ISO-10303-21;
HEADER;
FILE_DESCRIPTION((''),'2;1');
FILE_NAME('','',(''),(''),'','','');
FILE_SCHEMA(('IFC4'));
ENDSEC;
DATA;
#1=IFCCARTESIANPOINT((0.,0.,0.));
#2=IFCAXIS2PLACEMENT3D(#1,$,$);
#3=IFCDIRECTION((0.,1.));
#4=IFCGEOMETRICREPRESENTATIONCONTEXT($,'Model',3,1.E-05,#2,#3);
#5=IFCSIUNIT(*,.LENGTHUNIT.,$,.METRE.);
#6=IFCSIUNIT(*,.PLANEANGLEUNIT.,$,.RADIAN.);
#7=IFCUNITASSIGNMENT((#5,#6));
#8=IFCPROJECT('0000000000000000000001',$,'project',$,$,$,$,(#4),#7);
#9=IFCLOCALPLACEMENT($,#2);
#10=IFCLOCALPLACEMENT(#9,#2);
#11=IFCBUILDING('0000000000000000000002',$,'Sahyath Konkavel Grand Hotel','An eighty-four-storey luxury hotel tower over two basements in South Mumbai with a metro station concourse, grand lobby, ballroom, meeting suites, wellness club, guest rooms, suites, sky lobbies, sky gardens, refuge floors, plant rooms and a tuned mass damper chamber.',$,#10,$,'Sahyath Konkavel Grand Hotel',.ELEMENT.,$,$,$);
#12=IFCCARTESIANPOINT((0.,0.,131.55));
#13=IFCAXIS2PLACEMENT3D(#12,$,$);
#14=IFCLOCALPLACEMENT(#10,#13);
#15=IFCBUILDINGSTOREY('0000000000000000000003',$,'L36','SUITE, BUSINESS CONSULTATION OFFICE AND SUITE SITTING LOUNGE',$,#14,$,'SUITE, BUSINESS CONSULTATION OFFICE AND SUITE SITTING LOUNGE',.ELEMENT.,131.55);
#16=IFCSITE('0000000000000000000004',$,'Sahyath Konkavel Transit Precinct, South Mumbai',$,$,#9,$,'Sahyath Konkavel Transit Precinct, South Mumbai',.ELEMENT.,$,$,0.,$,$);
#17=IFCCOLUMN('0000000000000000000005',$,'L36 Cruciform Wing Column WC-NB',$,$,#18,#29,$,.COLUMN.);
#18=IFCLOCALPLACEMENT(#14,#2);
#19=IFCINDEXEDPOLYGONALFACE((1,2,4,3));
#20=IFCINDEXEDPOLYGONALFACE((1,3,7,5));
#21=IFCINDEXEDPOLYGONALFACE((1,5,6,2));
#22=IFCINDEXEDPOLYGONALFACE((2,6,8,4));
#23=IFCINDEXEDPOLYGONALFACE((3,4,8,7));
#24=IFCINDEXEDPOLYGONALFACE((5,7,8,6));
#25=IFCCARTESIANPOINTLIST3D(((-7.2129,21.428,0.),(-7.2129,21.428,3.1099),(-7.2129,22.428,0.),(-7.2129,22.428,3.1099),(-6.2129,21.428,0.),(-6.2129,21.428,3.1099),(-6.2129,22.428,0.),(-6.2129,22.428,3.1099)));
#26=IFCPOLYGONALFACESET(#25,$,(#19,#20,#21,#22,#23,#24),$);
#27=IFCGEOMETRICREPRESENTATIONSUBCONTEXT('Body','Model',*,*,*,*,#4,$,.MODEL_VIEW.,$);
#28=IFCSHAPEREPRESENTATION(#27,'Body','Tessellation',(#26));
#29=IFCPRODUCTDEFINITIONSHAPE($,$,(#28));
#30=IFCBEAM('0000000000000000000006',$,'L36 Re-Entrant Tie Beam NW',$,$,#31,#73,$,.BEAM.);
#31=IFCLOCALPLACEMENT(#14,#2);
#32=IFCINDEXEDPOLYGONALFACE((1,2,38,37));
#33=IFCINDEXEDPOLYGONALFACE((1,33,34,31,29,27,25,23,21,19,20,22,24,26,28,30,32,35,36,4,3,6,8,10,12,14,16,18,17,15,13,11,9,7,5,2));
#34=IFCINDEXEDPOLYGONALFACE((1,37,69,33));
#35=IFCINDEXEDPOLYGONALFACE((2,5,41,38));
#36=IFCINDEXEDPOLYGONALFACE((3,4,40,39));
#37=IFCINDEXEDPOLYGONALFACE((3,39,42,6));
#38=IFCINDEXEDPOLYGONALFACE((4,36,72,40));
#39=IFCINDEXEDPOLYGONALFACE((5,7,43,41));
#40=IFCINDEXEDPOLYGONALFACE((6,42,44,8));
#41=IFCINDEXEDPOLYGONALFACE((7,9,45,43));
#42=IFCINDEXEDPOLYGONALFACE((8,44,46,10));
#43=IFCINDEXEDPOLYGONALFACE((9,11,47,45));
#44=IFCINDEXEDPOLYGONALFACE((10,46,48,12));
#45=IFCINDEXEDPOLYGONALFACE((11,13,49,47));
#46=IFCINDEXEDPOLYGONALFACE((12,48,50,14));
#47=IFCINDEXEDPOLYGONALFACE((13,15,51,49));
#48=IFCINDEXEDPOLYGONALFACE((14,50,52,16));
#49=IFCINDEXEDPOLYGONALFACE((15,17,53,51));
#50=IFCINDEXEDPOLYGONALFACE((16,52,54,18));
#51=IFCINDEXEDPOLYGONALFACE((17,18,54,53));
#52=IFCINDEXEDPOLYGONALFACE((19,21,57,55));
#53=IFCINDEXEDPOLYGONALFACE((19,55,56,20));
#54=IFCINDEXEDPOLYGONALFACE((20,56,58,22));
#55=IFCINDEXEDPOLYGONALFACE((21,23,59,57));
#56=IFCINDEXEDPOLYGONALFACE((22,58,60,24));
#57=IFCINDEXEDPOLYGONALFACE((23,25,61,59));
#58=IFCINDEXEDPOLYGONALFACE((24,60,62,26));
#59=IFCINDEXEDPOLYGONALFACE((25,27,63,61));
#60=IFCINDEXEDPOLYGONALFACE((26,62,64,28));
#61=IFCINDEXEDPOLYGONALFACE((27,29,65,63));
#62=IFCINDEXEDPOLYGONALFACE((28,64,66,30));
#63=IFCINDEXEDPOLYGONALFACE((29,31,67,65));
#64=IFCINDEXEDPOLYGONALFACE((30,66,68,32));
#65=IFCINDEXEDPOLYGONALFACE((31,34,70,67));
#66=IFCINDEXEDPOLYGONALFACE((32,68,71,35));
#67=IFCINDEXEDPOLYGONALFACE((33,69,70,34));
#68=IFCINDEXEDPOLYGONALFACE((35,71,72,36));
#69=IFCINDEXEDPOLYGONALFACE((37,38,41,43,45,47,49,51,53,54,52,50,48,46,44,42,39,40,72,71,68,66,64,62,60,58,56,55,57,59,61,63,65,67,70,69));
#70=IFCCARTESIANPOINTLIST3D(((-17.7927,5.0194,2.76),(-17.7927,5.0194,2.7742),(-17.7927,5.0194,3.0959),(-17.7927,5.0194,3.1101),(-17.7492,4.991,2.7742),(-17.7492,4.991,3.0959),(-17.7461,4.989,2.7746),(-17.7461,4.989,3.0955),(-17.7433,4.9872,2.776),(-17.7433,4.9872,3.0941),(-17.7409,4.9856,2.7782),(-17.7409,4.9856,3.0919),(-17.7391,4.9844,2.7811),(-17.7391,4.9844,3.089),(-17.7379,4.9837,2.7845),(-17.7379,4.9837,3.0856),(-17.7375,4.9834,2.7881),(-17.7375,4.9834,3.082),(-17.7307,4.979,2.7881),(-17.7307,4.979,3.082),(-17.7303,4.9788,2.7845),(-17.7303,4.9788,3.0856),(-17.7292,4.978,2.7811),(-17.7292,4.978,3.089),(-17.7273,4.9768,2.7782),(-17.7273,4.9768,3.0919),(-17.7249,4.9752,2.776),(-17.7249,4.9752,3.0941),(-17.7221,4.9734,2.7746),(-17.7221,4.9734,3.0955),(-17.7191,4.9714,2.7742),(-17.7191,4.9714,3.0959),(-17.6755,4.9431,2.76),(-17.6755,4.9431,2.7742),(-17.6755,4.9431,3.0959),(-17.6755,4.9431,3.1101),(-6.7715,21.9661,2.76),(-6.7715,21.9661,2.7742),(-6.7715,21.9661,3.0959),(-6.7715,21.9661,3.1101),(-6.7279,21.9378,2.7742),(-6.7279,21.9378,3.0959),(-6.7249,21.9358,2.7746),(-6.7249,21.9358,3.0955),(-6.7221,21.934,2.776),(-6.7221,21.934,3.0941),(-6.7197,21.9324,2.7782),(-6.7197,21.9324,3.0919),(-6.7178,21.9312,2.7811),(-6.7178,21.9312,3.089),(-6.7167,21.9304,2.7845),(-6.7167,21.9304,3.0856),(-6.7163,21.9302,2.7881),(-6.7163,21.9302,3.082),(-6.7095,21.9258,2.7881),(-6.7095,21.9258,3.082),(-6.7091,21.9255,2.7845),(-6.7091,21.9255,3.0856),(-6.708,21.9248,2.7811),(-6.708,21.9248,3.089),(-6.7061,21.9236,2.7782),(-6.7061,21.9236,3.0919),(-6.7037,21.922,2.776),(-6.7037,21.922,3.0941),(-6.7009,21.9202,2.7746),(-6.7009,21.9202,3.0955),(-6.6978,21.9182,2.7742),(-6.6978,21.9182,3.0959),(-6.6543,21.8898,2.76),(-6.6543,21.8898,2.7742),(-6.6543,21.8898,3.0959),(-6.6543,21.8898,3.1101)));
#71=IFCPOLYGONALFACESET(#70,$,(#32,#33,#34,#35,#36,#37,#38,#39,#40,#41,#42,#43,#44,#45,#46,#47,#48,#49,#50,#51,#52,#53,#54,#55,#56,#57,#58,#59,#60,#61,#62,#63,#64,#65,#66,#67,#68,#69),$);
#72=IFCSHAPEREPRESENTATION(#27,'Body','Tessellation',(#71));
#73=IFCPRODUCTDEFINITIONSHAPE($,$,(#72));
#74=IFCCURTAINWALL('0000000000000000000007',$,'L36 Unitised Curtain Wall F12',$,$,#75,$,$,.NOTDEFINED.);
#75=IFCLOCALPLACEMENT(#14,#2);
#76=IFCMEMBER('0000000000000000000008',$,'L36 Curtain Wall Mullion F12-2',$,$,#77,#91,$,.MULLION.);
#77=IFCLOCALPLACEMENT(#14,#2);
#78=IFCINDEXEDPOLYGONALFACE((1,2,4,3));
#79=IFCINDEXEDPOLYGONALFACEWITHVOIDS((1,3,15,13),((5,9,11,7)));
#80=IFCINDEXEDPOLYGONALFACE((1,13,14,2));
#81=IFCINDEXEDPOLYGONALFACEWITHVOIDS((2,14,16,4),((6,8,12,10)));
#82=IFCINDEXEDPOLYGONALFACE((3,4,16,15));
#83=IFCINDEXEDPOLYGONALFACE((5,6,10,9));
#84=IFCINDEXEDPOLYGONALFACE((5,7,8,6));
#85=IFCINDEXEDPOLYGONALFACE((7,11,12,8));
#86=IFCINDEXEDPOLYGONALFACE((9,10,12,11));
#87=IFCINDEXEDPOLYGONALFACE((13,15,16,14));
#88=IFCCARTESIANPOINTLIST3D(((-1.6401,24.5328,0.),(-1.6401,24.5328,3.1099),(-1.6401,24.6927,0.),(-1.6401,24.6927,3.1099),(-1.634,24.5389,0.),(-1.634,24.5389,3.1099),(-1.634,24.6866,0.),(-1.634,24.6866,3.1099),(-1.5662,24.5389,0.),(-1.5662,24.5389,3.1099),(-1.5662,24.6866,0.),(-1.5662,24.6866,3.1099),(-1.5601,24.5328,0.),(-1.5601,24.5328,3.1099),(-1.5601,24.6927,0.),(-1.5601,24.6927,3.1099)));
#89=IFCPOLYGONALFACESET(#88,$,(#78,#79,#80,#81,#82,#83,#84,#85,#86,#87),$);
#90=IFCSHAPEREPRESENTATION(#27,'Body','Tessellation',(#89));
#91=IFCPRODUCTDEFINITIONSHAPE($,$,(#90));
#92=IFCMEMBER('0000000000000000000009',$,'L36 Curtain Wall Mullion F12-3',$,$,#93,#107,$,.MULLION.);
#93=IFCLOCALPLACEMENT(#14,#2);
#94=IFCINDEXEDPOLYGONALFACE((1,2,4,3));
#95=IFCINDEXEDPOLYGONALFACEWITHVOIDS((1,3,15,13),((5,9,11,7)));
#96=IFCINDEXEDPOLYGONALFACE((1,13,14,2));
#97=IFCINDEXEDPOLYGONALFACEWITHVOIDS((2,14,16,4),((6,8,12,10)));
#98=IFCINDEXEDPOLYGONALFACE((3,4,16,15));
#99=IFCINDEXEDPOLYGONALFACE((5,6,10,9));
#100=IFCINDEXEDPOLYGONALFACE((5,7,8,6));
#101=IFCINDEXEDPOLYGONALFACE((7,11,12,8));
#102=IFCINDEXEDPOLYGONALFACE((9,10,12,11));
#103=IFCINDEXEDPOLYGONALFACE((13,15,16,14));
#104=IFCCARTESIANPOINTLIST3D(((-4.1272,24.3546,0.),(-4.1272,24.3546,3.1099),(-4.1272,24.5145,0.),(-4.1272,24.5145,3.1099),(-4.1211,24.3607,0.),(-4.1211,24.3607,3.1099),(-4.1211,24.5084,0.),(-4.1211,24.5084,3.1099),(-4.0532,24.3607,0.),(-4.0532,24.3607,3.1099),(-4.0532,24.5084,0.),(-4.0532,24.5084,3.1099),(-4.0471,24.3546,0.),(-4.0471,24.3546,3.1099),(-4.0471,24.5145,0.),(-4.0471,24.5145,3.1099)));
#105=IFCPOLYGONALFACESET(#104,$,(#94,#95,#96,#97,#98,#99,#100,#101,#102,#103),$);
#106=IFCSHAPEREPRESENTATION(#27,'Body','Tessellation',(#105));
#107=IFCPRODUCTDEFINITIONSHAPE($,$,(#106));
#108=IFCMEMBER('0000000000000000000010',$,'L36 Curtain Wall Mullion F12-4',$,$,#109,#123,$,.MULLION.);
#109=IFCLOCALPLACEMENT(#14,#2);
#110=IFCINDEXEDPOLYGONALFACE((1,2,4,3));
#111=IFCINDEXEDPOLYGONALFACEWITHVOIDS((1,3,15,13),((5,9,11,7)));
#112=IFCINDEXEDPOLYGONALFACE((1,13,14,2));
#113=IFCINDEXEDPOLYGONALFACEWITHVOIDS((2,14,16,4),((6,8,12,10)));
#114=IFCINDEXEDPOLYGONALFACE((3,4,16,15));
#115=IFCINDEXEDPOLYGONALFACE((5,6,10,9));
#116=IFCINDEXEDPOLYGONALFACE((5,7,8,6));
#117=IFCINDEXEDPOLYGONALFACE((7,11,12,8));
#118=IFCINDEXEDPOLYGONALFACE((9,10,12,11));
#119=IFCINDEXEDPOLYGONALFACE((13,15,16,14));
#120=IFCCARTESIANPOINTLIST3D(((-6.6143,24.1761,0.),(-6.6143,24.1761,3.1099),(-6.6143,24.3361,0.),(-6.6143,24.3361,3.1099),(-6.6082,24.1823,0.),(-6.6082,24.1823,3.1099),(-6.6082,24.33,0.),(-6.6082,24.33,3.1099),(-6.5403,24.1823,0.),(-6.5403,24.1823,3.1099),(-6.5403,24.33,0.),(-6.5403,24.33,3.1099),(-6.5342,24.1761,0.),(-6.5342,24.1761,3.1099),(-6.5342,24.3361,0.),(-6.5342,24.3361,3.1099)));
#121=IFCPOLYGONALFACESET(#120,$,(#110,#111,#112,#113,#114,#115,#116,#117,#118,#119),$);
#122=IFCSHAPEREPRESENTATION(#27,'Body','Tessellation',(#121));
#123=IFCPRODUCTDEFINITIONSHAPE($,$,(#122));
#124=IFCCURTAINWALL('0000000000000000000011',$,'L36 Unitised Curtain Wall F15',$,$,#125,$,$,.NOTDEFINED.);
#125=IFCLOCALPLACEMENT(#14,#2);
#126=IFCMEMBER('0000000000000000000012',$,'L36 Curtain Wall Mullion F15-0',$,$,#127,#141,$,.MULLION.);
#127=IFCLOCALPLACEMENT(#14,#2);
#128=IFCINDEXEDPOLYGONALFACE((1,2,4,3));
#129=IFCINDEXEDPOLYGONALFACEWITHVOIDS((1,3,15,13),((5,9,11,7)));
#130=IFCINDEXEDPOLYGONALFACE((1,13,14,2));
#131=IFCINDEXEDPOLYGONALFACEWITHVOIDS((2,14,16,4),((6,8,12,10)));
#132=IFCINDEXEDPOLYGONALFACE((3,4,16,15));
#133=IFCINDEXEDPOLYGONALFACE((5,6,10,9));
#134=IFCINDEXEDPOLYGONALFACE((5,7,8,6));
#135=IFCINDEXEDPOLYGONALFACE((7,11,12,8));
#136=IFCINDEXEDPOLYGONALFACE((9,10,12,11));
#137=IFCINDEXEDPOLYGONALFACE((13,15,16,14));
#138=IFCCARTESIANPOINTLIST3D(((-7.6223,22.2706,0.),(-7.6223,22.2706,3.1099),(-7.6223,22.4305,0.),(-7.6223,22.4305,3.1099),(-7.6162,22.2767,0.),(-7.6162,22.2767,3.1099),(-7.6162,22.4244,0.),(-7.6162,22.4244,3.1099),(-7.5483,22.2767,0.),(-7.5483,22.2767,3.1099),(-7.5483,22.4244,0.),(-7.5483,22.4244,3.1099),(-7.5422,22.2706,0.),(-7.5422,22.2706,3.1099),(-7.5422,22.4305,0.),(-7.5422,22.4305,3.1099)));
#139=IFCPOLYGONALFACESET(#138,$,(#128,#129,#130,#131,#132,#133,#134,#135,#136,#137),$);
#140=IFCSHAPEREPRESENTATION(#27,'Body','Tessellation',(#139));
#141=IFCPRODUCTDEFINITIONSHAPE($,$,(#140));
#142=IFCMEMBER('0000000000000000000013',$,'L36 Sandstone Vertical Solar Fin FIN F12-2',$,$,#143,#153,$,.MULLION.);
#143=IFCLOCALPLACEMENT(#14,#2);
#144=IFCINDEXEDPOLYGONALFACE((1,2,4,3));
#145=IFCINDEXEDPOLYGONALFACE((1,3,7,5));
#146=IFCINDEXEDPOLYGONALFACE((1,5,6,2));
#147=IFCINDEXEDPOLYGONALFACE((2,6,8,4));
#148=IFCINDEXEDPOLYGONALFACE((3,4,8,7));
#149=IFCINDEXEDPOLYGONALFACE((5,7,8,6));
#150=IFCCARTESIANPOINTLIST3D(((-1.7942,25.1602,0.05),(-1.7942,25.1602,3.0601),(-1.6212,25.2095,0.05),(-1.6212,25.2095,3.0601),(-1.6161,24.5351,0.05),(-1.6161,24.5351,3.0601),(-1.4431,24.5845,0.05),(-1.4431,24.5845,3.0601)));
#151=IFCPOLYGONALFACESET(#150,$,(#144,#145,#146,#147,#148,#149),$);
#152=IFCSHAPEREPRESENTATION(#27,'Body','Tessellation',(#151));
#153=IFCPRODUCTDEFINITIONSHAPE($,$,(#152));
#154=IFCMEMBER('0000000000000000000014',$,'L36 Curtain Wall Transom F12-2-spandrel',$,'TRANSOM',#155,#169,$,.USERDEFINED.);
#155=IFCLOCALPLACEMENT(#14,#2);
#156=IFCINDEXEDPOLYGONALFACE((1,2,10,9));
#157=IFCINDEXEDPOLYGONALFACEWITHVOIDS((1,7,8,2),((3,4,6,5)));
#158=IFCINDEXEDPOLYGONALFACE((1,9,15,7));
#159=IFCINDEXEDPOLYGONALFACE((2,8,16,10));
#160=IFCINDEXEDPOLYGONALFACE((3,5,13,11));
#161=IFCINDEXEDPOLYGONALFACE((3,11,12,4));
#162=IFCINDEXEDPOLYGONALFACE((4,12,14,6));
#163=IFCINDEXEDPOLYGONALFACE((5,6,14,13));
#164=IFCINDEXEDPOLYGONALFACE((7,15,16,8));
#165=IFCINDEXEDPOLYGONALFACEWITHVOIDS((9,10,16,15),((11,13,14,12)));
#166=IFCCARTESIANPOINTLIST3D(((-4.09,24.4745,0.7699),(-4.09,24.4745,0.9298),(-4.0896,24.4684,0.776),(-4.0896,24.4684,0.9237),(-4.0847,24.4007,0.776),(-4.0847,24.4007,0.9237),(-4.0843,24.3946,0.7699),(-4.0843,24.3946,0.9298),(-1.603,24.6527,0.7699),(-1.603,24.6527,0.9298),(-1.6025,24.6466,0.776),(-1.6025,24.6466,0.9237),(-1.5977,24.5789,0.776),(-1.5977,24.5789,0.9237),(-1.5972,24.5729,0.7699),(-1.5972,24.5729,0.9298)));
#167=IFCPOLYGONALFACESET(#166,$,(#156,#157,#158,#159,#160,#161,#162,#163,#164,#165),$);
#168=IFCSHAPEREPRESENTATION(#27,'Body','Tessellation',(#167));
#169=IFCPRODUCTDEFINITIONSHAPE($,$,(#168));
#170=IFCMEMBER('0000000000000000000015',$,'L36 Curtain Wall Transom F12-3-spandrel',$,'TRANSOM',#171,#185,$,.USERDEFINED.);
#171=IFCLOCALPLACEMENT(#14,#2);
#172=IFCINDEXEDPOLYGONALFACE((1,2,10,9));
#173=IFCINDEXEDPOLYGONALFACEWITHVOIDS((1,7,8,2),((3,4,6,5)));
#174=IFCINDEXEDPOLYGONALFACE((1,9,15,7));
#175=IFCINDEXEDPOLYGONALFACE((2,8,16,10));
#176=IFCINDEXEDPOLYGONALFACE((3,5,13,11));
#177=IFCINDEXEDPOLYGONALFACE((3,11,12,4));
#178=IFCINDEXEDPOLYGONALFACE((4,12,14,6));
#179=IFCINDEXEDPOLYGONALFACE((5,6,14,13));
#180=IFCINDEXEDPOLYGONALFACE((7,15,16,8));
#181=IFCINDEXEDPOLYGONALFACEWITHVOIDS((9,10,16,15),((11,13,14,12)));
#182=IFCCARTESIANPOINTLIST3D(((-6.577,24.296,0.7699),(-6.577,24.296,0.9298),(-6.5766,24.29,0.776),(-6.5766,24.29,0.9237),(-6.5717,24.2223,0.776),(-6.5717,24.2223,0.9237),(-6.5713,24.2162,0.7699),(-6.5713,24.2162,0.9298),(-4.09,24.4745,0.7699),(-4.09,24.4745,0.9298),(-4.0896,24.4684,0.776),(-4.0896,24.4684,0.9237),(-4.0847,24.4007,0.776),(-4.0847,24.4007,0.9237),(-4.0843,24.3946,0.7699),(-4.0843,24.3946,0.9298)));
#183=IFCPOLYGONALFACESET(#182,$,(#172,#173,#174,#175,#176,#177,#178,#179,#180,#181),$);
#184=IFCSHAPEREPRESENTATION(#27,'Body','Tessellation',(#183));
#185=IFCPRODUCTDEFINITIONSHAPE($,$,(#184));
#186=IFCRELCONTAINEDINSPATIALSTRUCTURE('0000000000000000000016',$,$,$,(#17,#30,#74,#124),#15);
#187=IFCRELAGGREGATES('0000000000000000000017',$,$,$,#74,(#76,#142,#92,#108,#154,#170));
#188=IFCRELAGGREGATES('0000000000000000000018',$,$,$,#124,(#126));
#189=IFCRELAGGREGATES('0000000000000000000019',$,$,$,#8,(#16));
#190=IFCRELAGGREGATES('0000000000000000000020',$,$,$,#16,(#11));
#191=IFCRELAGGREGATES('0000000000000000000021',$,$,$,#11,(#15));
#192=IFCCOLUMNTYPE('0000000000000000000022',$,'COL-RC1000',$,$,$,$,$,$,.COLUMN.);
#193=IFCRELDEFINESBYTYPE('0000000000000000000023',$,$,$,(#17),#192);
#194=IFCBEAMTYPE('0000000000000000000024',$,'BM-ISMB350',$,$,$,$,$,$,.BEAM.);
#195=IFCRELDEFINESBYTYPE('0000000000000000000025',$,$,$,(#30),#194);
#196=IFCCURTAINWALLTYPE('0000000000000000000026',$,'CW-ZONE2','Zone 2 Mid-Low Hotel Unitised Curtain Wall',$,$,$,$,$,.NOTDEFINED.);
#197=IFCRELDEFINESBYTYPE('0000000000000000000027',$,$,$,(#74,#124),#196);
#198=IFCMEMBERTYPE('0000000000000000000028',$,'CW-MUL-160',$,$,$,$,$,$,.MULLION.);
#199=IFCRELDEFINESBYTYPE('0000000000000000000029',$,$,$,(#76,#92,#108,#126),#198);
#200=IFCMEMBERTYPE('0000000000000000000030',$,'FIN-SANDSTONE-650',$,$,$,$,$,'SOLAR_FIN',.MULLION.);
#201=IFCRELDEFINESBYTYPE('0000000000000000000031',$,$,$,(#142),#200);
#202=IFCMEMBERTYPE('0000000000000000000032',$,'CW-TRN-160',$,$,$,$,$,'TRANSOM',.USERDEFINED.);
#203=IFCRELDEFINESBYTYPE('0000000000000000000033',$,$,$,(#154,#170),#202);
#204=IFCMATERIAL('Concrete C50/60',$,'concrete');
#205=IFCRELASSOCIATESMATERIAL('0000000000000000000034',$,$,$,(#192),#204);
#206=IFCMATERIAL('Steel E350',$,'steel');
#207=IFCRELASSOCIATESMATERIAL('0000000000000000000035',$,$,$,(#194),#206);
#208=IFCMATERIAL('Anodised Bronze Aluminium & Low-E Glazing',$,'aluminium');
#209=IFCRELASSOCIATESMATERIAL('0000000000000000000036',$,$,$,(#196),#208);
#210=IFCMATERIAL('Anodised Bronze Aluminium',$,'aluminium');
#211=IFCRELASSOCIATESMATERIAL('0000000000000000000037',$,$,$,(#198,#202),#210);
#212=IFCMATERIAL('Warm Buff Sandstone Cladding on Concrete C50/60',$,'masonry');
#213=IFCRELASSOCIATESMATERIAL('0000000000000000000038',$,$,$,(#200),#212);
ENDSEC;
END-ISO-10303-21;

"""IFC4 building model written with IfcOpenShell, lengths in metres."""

from ifc_helpers import new_model, si_unit, direction, frame, origin, origin_2d, place, context, subcontext, project, spatial, rectangle, hollow_rectangle, i_section, extrude, source, transform, mapped, material, material_profile, profile_set, type_object, element, aggregate, save


model = new_model("IFC4")

# Units and contexts
model_context = context("Model", 3, precision=1e-05, world=origin(), true_north=direction((0.0, 1.0)))
body_context = subcontext(model_context, "Body", "Model", "MODEL_VIEW")
ifc_project = project(units=[si_unit("LENGTHUNIT", "METRE"), si_unit("PLANEANGLEUNIT", "RADIAN")], contexts=[model_context])

# Site, building, storey
site_placement = place(None, origin())
site = spatial("IfcSite", under=ifc_project, at=site_placement, Name="Sahyath Konkavel Transit Precinct, South Mumbai", LongName="Sahyath Konkavel Transit Precinct, South Mumbai", CompositionType="ELEMENT", RefElevation=0.0)
building_placement = place(site_placement, origin())
building = spatial("IfcBuilding", under=site, at=building_placement, Name="Sahyath Konkavel Grand Hotel", Description="An eighty-four-storey luxury hotel tower over two basements in South Mumbai with a metro station concourse, grand lobby, ballroom, meeting suites, wellness club, guest rooms, suites, sky lobbies, sky gardens, refuge floors, plant rooms and a tuned mass damper chamber.", LongName="Sahyath Konkavel Grand Hotel", CompositionType="ELEMENT")
storey_placement = place(building_placement, frame((0.0, 0.0, 131.55)))
storey = spatial("IfcBuildingStorey", under=building, at=storey_placement, Name="L36", Description="SUITE, BUSINESS CONSULTATION OFFICE AND SUITE SITTING LOUNGE", LongName="SUITE, BUSINESS CONSULTATION OFFICE AND SUITE SITTING LOUNGE", CompositionType="ELEMENT", Elevation=131.55)

# Column
ifc_material_1 = material(Name="Concrete C50/60", Category="concrete")
ifc_material_profile_1 = material_profile(ifc_material_1, rectangle(XDim=1.0, YDim=1.0, at=origin_2d()), Name="RC 1000x1000")
ifc_profile_set_1 = profile_set([ifc_material_profile_1], Name="Concrete C50/60")
column_type = type_object("IfcColumnType", Name="COL-RC1000", PredefinedType="COLUMN", material=ifc_profile_set_1)
shared_shape_1 = source(origin(), body_context, "Body", "SweptSolid", [
    extrude(rectangle(XDim=1.0, YDim=1.0, at=origin_2d()), origin(), (0.0, 0.0, 1.0), 3.1099),
])
column_placement = place(storey_placement, frame((-6.7129, 21.928, 0.0), z_axis=(0.0, 0.0, 1.0), x_axis=(1.0, 0.0, 0.0)))
element("IfcColumn", 1, at=column_placement, inside=storey, type_object=column_type, Name="L36 Cruciform Wing Column WC-NB", PredefinedType="COLUMN", context=body_context, shape_type="MappedRepresentation", body=[
    mapped(shared_shape_1, transform((0.0, 0.0, 0.0), scale=1.0)),
])

# Beam
ifc_material_2 = material(Name="Steel E350", Category="steel")
ifc_material_profile_2 = material_profile(ifc_material_2, i_section(OverallWidth=0.1399, OverallDepth=0.3501, WebThickness=0.0081, FlangeThickness=0.0142, FilletRadius=0.0139, at=origin_2d()), Name="ISMB 350")
ifc_profile_set_2 = profile_set([ifc_material_profile_2], Name="Steel E350")
beam_type = type_object("IfcBeamType", Name="BM-ISMB350", PredefinedType="BEAM", material=ifc_profile_set_2)
shared_shape_2 = source(origin(), body_context, "Body", "SweptSolid", [
    extrude(i_section(OverallWidth=0.1399, OverallDepth=0.3501, WebThickness=0.0081, FlangeThickness=0.0142, FilletRadius=0.0139, at=origin_2d()), origin(), (0.0, 0.0, 1.0), 20.2153),
])
beam_placement = place(storey_placement, frame((-6.7129, 21.928, 2.9351), z_axis=(-0.545191, -0.838312, 0.0), x_axis=(0.838312, -0.545191, 0.0)))
element("IfcBeam", 2, at=beam_placement, inside=storey, type_object=beam_type, Name="L36 Re-Entrant Tie Beam NW", PredefinedType="BEAM", context=body_context, shape_type="MappedRepresentation", body=[
    mapped(shared_shape_2, transform((0.0, 0.0, 0.0), scale=1.0)),
])

# Curtain wall, members
ifc_material_3 = material(Name="Anodised Bronze Aluminium & Low-E Glazing", Category="aluminium")
curtain_wall_type = type_object("IfcCurtainWallType", Name="CW-ZONE2", Description="Zone 2 Mid-Low Hotel Unitised Curtain Wall", PredefinedType="NOTDEFINED", material=ifc_material_3)
curtain_wall_1_placement = place(storey_placement, origin())
curtain_wall_1 = element("IfcCurtainWall", 3, at=curtain_wall_1_placement, inside=storey, type_object=curtain_wall_type, Name="L36 Unitised Curtain Wall F12", PredefinedType="NOTDEFINED")
ifc_material_4 = material(Name="Anodised Bronze Aluminium", Category="aluminium")
ifc_material_profile_3 = material_profile(ifc_material_4, hollow_rectangle(XDim=0.0801, YDim=0.1599, WallThickness=0.0061, at=origin_2d()), Name="RHS 160x80x6")
ifc_profile_set_3 = profile_set([ifc_material_profile_3], Name="Anodised Bronze Aluminium")
member_type_1 = type_object("IfcMemberType", Name="CW-MUL-160", PredefinedType="MULLION", material=ifc_profile_set_3)
shared_shape_3 = source(origin(), body_context, "Body", "SweptSolid", [
    extrude(hollow_rectangle(XDim=0.0801, YDim=0.1599, WallThickness=0.0061, at=origin_2d()), origin(), (0.0, 0.0, 1.0), 3.1099),
])
member_1_placement = place(storey_placement, frame((-1.6001, 24.6128, 0.0), z_axis=(0.0, 0.0, 1.0), x_axis=(1.0, 0.0, 0.0)))
member_1 = element("IfcMember", 4, at=member_1_placement, type_object=member_type_1, Name="L36 Curtain Wall Mullion F12-2", PredefinedType="MULLION", context=body_context, shape_type="MappedRepresentation", body=[
    mapped(shared_shape_3, transform((0.0, 0.0, 0.0), scale=1.0)),
])
member_2_placement = place(storey_placement, frame((-4.0872, 24.4346, 0.0), z_axis=(0.0, 0.0, 1.0), x_axis=(1.0, 0.0, 0.0)))
member_2 = element("IfcMember", 5, at=member_2_placement, type_object=member_type_1, Name="L36 Curtain Wall Mullion F12-3", PredefinedType="MULLION", context=body_context, shape_type="MappedRepresentation", body=[
    mapped(shared_shape_3, transform((0.0, 0.0, 0.0), scale=1.0)),
])
member_3_placement = place(storey_placement, frame((-6.5742, 24.2561, 0.0), z_axis=(0.0, 0.0, 1.0), x_axis=(1.0, 0.0, 0.0)))
member_3 = element("IfcMember", 6, at=member_3_placement, type_object=member_type_1, Name="L36 Curtain Wall Mullion F12-4", PredefinedType="MULLION", context=body_context, shape_type="MappedRepresentation", body=[
    mapped(shared_shape_3, transform((0.0, 0.0, 0.0), scale=1.0)),
])

# Curtain wall, member
curtain_wall_2_placement = place(storey_placement, origin())
curtain_wall_2 = element("IfcCurtainWall", 7, at=curtain_wall_2_placement, inside=storey, type_object=curtain_wall_type, Name="L36 Unitised Curtain Wall F15", PredefinedType="NOTDEFINED")
member_4_placement = place(storey_placement, frame((-7.5823, 22.3506, 0.0), z_axis=(0.0, 0.0, 1.0), x_axis=(1.0, 0.0, 0.0)))
member_4 = element("IfcMember", 8, at=member_4_placement, type_object=member_type_1, Name="L36 Curtain Wall Mullion F15-0", PredefinedType="MULLION", context=body_context, shape_type="MappedRepresentation", body=[
    mapped(shared_shape_3, transform((0.0, 0.0, 0.0), scale=1.0)),
])

# Members
ifc_material_5 = material(Name="Warm Buff Sandstone Cladding on Concrete C50/60", Category="masonry")
ifc_material_profile_4 = material_profile(ifc_material_5, rectangle(XDim=0.1799, YDim=0.6499, at=origin_2d()), Name="FIN 180x650")
ifc_profile_set_4 = profile_set([ifc_material_profile_4], Name="Warm Buff Sandstone Cladding on Concrete C50/60")
member_type_2 = type_object("IfcMemberType", Name="FIN-SANDSTONE-650", ElementType="SOLAR_FIN", PredefinedType="MULLION", material=ifc_profile_set_4)
shared_shape_4 = source(origin(), body_context, "Body", "SweptSolid", [
    extrude(rectangle(XDim=0.1799, YDim=0.6499, at=origin_2d()), origin(), (0.0, 0.0, 1.0), 3.01),
])
member_5_placement = place(storey_placement, frame((-1.6187, 24.8723, 0.05), z_axis=(0.0, 0.0, 1.0), x_axis=(0.961693, 0.274127, 0.0)))
member_5 = element("IfcMember", 9, at=member_5_placement, type_object=member_type_2, Name="L36 Sandstone Vertical Solar Fin FIN F12-2", PredefinedType="MULLION", context=body_context, shape_type="MappedRepresentation", body=[
    mapped(shared_shape_4, transform((0.0, 0.0, 0.0), scale=1.0)),
])
ifc_material_profile_5 = material_profile(ifc_material_4, hollow_rectangle(XDim=0.0801, YDim=0.1599, WallThickness=0.0061, at=origin_2d()), Name="RHS 160x80x6")
ifc_profile_set_5 = profile_set([ifc_material_profile_5], Name="Anodised Bronze Aluminium")
member_type_3 = type_object("IfcMemberType", Name="CW-TRN-160", ElementType="TRANSOM", PredefinedType="USERDEFINED", material=ifc_profile_set_5)
shared_shape_5 = source(origin(), body_context, "Body", "SweptSolid", [
    extrude(hollow_rectangle(XDim=0.0801, YDim=0.1599, WallThickness=0.0061, at=origin_2d()), origin(), (0.0, 0.0, 1.0), 2.4934),
])
member_6_placement = place(storey_placement, frame((-1.6001, 24.6128, 0.8499), z_axis=(-0.997442, -0.071477, 0.0), x_axis=(0.071477, -0.997442, 0.0)))
member_6 = element("IfcMember", 10, at=member_6_placement, type_object=member_type_3, Name="L36 Curtain Wall Transom F12-2-spandrel", ObjectType="TRANSOM", PredefinedType="USERDEFINED", context=body_context, shape_type="MappedRepresentation", body=[
    mapped(shared_shape_5, transform((0.0, 0.0, 0.0), scale=1.0)),
])
member_7_placement = place(storey_placement, frame((-4.0872, 24.4346, 0.8499), z_axis=(-0.997435, -0.071574, 0.0), x_axis=(0.071574, -0.997435, 0.0)))
member_7 = element("IfcMember", 11, at=member_7_placement, type_object=member_type_3, Name="L36 Curtain Wall Transom F12-3-spandrel", ObjectType="TRANSOM", PredefinedType="USERDEFINED", context=body_context, shape_type="MappedRepresentation", body=[
    mapped(shared_shape_5, transform((0.0, 0.0, 0.0), scale=1.0)),
])

aggregate(curtain_wall_1, [member_1, member_5, member_2, member_3, member_6, member_7])
aggregate(curtain_wall_2, [member_4])

save(model, "model.ifc")
